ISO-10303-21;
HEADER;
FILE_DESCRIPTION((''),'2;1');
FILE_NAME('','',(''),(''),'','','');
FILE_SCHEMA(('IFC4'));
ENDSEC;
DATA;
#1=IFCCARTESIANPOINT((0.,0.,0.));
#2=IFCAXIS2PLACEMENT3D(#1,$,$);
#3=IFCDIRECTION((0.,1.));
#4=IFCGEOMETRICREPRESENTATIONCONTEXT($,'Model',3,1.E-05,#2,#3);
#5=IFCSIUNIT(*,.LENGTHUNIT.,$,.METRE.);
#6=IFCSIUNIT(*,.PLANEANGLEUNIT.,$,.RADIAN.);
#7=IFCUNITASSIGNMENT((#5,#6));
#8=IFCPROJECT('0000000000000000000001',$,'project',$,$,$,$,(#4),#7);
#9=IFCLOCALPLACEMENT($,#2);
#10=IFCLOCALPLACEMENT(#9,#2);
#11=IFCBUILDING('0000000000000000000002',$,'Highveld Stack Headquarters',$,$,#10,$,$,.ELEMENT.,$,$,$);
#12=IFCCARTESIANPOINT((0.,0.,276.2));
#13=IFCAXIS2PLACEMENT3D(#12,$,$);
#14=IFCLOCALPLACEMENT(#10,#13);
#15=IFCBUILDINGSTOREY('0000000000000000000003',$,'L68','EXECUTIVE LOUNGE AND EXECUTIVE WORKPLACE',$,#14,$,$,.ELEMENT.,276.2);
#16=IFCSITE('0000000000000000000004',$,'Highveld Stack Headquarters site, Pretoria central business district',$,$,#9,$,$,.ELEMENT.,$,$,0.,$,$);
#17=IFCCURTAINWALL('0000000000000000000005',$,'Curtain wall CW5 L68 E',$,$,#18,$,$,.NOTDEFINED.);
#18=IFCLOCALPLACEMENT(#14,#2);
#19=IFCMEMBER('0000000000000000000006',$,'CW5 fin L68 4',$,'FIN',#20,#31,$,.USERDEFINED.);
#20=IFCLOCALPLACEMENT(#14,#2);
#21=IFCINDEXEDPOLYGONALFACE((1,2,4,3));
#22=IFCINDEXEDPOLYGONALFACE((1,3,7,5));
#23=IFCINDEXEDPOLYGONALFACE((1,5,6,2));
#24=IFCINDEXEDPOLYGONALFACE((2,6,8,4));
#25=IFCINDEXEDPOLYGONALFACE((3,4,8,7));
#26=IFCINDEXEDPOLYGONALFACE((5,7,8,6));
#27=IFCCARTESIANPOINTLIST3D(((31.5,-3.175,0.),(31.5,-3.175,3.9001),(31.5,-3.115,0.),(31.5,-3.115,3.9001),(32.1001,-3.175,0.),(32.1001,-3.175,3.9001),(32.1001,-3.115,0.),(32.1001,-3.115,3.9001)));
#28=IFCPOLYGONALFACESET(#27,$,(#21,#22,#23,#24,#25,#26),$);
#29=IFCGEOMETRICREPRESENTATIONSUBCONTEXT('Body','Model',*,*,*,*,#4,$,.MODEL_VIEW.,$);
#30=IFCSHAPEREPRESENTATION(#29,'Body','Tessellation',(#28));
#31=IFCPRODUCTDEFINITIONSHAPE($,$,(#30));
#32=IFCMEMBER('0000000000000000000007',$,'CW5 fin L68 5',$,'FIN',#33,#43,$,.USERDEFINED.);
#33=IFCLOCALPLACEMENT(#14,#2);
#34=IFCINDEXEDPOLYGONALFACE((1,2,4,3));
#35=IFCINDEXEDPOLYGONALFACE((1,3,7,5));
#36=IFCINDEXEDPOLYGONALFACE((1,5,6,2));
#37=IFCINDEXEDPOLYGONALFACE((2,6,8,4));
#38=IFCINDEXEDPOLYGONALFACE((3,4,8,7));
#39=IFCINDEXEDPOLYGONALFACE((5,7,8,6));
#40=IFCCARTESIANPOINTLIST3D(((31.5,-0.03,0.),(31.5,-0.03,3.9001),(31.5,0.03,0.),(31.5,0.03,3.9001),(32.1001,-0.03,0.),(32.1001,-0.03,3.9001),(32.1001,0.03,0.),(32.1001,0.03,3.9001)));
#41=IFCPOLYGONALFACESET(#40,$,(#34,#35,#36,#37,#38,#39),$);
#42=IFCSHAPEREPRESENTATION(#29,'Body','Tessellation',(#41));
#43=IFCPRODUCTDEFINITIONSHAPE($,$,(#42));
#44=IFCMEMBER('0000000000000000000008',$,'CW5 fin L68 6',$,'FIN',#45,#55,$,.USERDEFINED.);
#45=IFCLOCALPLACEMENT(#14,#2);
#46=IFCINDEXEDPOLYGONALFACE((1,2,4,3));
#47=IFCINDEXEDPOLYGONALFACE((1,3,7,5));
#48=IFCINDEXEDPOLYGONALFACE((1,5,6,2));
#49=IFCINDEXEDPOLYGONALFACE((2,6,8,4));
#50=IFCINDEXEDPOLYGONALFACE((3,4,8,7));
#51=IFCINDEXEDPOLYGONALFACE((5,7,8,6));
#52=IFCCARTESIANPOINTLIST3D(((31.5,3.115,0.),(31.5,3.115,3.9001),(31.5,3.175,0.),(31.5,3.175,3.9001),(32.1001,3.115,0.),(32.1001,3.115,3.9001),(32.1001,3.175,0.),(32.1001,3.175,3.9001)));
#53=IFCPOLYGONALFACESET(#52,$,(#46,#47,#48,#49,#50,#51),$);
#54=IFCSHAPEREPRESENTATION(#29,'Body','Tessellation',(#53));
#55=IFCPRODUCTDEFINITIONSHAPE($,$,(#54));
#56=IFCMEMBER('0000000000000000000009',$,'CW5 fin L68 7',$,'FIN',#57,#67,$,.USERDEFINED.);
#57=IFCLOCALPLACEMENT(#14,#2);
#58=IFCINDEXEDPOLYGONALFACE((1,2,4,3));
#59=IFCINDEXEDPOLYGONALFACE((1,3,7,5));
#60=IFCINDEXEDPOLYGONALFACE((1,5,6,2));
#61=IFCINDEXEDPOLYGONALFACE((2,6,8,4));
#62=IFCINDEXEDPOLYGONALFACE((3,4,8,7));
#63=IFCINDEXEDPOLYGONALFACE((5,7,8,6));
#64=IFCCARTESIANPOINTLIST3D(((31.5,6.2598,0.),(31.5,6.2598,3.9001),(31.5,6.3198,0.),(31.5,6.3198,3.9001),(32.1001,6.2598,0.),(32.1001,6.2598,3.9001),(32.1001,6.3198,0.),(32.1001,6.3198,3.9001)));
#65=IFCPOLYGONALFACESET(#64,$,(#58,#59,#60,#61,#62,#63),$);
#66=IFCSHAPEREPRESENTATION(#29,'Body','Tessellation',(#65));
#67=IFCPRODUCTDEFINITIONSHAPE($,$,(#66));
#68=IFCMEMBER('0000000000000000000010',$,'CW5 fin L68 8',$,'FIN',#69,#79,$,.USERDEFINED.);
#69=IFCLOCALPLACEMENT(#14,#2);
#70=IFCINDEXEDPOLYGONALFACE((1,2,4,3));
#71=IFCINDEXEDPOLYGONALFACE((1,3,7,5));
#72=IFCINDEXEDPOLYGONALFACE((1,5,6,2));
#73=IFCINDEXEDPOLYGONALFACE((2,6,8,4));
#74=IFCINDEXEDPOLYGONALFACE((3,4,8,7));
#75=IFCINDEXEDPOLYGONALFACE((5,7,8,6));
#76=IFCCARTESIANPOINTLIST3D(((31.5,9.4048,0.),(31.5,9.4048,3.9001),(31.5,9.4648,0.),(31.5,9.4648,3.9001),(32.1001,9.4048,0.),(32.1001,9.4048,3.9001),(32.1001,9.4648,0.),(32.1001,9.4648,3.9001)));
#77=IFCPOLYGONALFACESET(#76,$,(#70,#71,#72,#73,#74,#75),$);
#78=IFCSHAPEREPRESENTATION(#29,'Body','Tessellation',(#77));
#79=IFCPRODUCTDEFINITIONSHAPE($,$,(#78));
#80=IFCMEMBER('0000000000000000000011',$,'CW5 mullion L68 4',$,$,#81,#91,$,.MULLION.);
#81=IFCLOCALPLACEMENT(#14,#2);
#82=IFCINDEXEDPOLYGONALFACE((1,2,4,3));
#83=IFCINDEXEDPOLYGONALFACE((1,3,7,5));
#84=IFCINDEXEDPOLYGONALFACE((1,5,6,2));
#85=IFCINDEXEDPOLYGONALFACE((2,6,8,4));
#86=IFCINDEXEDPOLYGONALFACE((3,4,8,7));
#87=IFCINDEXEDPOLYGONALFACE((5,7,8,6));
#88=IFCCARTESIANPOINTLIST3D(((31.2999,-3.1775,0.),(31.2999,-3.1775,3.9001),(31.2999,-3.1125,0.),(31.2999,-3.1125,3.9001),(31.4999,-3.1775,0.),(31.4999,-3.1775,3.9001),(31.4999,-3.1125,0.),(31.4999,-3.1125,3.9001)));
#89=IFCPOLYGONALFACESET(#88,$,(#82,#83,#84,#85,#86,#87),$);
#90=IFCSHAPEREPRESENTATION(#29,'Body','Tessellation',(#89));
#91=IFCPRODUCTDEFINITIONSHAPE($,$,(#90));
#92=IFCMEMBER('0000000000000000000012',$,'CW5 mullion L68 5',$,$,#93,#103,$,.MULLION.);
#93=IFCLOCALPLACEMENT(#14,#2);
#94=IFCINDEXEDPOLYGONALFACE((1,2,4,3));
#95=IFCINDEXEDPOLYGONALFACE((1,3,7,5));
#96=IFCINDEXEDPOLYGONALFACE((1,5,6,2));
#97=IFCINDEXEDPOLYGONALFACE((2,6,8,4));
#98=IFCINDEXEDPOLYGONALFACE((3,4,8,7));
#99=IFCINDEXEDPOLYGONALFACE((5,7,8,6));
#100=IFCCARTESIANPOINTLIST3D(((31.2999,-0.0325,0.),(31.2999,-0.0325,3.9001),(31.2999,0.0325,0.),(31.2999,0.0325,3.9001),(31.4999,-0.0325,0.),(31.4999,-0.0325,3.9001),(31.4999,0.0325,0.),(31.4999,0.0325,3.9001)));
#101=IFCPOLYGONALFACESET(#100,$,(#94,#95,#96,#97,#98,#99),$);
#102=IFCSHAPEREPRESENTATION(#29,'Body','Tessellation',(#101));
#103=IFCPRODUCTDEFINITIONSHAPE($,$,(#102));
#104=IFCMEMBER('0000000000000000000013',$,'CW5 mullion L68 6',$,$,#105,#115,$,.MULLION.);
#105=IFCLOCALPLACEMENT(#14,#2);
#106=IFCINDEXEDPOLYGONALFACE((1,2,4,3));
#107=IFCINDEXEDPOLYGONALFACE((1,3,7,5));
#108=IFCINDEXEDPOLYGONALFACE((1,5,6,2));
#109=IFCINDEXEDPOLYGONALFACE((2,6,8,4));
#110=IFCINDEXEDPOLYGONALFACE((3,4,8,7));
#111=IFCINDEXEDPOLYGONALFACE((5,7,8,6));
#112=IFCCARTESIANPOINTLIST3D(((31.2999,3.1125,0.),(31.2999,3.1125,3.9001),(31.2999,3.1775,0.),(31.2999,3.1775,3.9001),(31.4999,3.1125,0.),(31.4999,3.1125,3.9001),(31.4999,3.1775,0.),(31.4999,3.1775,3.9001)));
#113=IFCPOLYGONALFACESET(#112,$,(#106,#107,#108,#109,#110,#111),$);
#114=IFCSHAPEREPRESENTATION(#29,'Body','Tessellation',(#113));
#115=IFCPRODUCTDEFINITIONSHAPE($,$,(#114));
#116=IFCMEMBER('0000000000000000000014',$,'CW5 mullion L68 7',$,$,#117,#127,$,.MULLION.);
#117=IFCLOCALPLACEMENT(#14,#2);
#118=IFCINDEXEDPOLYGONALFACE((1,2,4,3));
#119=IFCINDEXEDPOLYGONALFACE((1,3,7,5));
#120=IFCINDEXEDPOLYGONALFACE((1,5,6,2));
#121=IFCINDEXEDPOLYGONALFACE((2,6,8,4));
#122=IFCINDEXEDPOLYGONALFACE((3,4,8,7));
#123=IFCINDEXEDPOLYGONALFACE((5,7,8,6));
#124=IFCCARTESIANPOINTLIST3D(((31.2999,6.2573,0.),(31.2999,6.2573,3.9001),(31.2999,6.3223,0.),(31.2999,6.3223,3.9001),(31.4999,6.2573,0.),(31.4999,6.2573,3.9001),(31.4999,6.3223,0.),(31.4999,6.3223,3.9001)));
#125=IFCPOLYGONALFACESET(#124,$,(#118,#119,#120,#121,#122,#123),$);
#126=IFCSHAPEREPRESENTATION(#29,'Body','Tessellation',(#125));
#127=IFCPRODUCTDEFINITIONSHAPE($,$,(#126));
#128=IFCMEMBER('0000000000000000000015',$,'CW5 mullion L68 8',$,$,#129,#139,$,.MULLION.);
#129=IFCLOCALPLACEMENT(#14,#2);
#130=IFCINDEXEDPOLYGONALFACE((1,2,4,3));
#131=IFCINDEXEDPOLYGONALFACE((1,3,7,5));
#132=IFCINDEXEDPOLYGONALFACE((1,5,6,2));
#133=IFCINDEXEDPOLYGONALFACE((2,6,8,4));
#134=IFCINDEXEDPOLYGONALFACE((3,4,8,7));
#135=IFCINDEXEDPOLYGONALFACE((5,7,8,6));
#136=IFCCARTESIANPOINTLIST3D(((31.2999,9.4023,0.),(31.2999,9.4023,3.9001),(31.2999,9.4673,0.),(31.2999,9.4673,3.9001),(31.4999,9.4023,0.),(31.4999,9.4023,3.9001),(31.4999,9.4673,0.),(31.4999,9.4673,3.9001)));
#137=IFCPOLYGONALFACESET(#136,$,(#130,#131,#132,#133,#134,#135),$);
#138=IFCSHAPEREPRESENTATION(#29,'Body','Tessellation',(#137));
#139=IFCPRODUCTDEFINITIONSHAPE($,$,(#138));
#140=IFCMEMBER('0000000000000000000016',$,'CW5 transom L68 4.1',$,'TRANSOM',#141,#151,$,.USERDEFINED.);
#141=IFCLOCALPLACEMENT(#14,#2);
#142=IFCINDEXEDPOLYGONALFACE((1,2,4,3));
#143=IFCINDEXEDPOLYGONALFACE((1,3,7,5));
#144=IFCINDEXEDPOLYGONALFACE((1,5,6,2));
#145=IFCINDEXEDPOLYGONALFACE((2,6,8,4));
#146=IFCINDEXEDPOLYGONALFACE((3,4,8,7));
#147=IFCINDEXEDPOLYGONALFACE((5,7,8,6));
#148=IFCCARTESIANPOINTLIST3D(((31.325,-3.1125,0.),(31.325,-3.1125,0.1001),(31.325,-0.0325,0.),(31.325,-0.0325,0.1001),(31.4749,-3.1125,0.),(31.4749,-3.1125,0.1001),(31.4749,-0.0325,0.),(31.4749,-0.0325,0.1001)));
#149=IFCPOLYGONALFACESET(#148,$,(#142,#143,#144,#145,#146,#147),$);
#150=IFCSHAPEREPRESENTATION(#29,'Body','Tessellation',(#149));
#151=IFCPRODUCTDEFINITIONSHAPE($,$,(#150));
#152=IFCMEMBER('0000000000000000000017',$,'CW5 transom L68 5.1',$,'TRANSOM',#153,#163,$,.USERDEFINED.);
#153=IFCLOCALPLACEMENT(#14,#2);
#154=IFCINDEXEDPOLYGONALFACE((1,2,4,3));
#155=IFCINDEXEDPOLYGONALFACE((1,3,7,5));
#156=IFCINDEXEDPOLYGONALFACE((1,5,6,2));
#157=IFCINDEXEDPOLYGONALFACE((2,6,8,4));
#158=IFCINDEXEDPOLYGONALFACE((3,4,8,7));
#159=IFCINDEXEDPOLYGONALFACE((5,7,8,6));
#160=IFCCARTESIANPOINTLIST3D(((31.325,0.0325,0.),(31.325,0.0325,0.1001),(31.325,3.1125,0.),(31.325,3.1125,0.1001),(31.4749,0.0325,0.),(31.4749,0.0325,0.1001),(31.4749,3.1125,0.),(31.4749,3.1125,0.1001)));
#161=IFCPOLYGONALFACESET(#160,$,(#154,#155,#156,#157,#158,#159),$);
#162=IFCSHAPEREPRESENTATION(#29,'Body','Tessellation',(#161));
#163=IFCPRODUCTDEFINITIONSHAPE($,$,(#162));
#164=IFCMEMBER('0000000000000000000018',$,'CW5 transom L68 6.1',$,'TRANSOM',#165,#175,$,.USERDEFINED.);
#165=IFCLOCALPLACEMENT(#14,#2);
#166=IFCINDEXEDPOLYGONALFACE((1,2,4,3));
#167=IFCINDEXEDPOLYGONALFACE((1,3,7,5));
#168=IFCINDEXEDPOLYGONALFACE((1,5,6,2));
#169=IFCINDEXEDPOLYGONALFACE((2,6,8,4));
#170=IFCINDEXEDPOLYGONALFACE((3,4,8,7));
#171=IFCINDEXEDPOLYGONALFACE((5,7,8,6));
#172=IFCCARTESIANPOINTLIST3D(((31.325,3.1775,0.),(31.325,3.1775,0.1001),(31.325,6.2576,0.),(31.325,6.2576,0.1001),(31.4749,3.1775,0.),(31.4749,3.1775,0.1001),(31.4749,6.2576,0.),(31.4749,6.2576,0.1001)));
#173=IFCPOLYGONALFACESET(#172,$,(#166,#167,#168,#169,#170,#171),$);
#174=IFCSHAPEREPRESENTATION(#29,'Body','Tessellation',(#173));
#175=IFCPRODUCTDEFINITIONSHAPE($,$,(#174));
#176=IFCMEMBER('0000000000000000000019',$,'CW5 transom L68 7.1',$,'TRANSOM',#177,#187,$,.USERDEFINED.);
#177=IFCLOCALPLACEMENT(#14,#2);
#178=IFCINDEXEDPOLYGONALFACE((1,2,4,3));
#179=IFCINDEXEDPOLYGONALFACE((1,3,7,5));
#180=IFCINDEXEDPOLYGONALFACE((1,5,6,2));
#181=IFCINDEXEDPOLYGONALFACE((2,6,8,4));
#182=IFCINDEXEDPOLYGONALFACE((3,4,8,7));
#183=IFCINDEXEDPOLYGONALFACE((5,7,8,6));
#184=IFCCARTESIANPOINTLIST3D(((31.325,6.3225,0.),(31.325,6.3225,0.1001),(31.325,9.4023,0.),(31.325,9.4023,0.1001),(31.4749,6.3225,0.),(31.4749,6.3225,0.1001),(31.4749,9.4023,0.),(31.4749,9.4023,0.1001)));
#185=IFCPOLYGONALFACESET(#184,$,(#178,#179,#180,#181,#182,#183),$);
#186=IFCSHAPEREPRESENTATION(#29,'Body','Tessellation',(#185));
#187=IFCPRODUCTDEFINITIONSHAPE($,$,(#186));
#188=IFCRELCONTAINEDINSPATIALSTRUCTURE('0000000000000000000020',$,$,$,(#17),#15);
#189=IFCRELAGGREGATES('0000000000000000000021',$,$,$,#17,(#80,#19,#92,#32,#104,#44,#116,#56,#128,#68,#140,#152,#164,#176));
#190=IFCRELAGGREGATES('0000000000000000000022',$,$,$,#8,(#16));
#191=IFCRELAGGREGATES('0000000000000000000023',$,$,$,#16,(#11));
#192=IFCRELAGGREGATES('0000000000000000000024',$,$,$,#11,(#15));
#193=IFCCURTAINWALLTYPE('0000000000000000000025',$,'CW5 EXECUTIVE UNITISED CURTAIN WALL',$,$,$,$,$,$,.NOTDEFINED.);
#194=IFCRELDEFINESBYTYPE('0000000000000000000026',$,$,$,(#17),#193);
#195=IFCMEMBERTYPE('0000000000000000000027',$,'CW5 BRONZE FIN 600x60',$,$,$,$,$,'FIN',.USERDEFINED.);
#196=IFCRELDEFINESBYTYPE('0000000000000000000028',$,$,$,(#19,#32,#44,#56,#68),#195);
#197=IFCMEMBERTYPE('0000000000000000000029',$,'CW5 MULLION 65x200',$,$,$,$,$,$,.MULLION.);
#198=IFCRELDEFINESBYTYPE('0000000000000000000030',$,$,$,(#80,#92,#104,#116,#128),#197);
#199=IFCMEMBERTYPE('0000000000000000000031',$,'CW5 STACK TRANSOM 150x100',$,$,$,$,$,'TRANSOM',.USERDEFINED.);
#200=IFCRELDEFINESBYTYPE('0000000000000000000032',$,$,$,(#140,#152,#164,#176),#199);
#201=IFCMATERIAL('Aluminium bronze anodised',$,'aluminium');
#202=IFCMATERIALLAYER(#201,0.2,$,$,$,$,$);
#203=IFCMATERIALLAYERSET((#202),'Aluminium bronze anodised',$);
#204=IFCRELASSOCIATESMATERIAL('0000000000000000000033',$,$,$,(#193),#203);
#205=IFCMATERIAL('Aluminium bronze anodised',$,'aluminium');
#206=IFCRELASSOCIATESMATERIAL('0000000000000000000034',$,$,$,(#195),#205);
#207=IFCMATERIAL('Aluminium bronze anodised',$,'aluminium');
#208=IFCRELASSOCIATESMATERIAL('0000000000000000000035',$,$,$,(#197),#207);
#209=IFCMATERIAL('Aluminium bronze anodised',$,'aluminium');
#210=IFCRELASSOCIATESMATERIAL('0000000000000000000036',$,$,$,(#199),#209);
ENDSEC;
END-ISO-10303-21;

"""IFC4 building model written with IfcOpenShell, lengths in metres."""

from ifc_helpers import new_model, si_unit, direction, frame, origin, origin_2d, place, context, subcontext, project, spatial, rectangle, extrude, material, layer, layer_set, material_profile, profile_set, type_object, element, aggregate, save


model = new_model("IFC4")

# Units and contexts
model_context = context("Model", 3, precision=1e-05, world=origin(), true_north=direction((0.0, 1.0)))
body_context = subcontext(model_context, "Body", "Model", "MODEL_VIEW")
ifc_project = project(units=[si_unit("LENGTHUNIT", "METRE"), si_unit("PLANEANGLEUNIT", "RADIAN")], contexts=[model_context])

# Site, building, storey
site_placement = place(None, origin())
site = spatial("IfcSite", under=ifc_project, at=site_placement, Name="Highveld Stack Headquarters site, Pretoria central business district", CompositionType="ELEMENT", RefElevation=0.0)
building_placement = place(site_placement, origin())
building = spatial("IfcBuilding", under=site, at=building_placement, Name="Highveld Stack Headquarters", CompositionType="ELEMENT")
storey_placement = place(building_placement, frame((0.0, 0.0, 276.2)))
storey = spatial("IfcBuildingStorey", under=building, at=storey_placement, Name="L68", Description="EXECUTIVE LOUNGE AND EXECUTIVE WORKPLACE", CompositionType="ELEMENT", Elevation=276.2)

# Curtain wall, members
ifc_material_1 = material(Name="Aluminium bronze anodised", Category="aluminium")
ifc_layer_1 = layer(ifc_material_1, 0.2)
ifc_layer_set_1 = layer_set([ifc_layer_1], Name="Aluminium bronze anodised")
curtain_wall_type = type_object("IfcCurtainWallType", Name="CW5 EXECUTIVE UNITISED CURTAIN WALL", PredefinedType="NOTDEFINED", material=ifc_layer_set_1)
curtain_wall_placement = place(storey_placement, origin())
curtain_wall = element("IfcCurtainWall", 1, at=curtain_wall_placement, inside=storey, type_object=curtain_wall_type, Name="Curtain wall CW5 L68 E", PredefinedType="NOTDEFINED")
ifc_material_2 = material(Name="Aluminium bronze anodised", Category="aluminium")
ifc_material_profile_1 = material_profile(ifc_material_2, rectangle(XDim=0.6001, YDim=0.0601, at=origin_2d()), Name="FIN 600x60")
ifc_profile_set_1 = profile_set([ifc_material_profile_1], Name="Aluminium bronze anodised")
member_type_1 = type_object("IfcMemberType", Name="CW5 BRONZE FIN 600x60", ElementType="FIN", PredefinedType="USERDEFINED", material=ifc_profile_set_1)
member_1_placement = place(storey_placement, frame((31.8, -3.145, 0.0), z_axis=(0.0, 0.0, 1.0), x_axis=(-1.0, 0.0, 0.0)))
member_1 = element("IfcMember", 2, at=member_1_placement, type_object=member_type_1, Name="CW5 fin L68 4", ObjectType="FIN", PredefinedType="USERDEFINED", context=body_context, shape_type="SweptSolid", body=[
    extrude(rectangle(XDim=0.6001, YDim=0.0601, at=origin_2d()), origin(), (0.0, 0.0, 1.0), 3.9001),
])
member_2_placement = place(storey_placement, frame((31.8, 0.0, 0.0), z_axis=(0.0, 0.0, 1.0), x_axis=(-1.0, 0.0, 0.0)))
member_2 = element("IfcMember", 3, at=member_2_placement, type_object=member_type_1, Name="CW5 fin L68 5", ObjectType="FIN", PredefinedType="USERDEFINED", context=body_context, shape_type="SweptSolid", body=[
    extrude(rectangle(XDim=0.6001, YDim=0.0601, at=origin_2d()), origin(), (0.0, 0.0, 1.0), 3.9001),
])
member_3_placement = place(storey_placement, frame((31.8, 3.145, 0.0), z_axis=(0.0, 0.0, 1.0), x_axis=(-1.0, 0.0, 0.0)))
member_3 = element("IfcMember", 4, at=member_3_placement, type_object=member_type_1, Name="CW5 fin L68 6", ObjectType="FIN", PredefinedType="USERDEFINED", context=body_context, shape_type="SweptSolid", body=[
    extrude(rectangle(XDim=0.6001, YDim=0.0601, at=origin_2d()), origin(), (0.0, 0.0, 1.0), 3.9001),
])
member_4_placement = place(storey_placement, frame((31.8, 6.2898, 0.0), z_axis=(0.0, 0.0, 1.0), x_axis=(-1.0, 0.0, 0.0)))
member_4 = element("IfcMember", 5, at=member_4_placement, type_object=member_type_1, Name="CW5 fin L68 7", ObjectType="FIN", PredefinedType="USERDEFINED", context=body_context, shape_type="SweptSolid", body=[
    extrude(rectangle(XDim=0.6001, YDim=0.0601, at=origin_2d()), origin(), (0.0, 0.0, 1.0), 3.9001),
])
member_5_placement = place(storey_placement, frame((31.8, 9.4348, 0.0), z_axis=(0.0, 0.0, 1.0), x_axis=(-1.0, 0.0, 0.0)))
member_5 = element("IfcMember", 6, at=member_5_placement, type_object=member_type_1, Name="CW5 fin L68 8", ObjectType="FIN", PredefinedType="USERDEFINED", context=body_context, shape_type="SweptSolid", body=[
    extrude(rectangle(XDim=0.6001, YDim=0.0601, at=origin_2d()), origin(), (0.0, 0.0, 1.0), 3.9001),
])
ifc_material_3 = material(Name="Aluminium bronze anodised", Category="aluminium")
ifc_material_profile_2 = material_profile(ifc_material_3, rectangle(XDim=0.2, YDim=0.0649, at=origin_2d()), Name="CW5 MULLION 65x200")
ifc_profile_set_2 = profile_set([ifc_material_profile_2], Name="Aluminium bronze anodised")
member_type_2 = type_object("IfcMemberType", Name="CW5 MULLION 65x200", PredefinedType="MULLION", material=ifc_profile_set_2)
member_6_placement = place(storey_placement, frame((31.3999, -3.145, 0.0), z_axis=(0.0, 0.0, 1.0), x_axis=(-1.0, 0.0, 0.0)))
member_6 = element("IfcMember", 7, at=member_6_placement, type_object=member_type_2, Name="CW5 mullion L68 4", PredefinedType="MULLION", context=body_context, shape_type="SweptSolid", body=[
    extrude(rectangle(XDim=0.2, YDim=0.0649, at=origin_2d()), origin(), (0.0, 0.0, 1.0), 3.9001),
])
member_7_placement = place(storey_placement, frame((31.3999, 0.0, 0.0), z_axis=(0.0, 0.0, 1.0), x_axis=(-1.0, 0.0, 0.0)))
member_7 = element("IfcMember", 8, at=member_7_placement, type_object=member_type_2, Name="CW5 mullion L68 5", PredefinedType="MULLION", context=body_context, shape_type="SweptSolid", body=[
    extrude(rectangle(XDim=0.2, YDim=0.0649, at=origin_2d()), origin(), (0.0, 0.0, 1.0), 3.9001),
])
member_8_placement = place(storey_placement, frame((31.3999, 3.145, 0.0), z_axis=(0.0, 0.0, 1.0), x_axis=(-1.0, 0.0, 0.0)))
member_8 = element("IfcMember", 9, at=member_8_placement, type_object=member_type_2, Name="CW5 mullion L68 6", PredefinedType="MULLION", context=body_context, shape_type="SweptSolid", body=[
    extrude(rectangle(XDim=0.2, YDim=0.0649, at=origin_2d()), origin(), (0.0, 0.0, 1.0), 3.9001),
])
member_9_placement = place(storey_placement, frame((31.3999, 6.2898, 0.0), z_axis=(0.0, 0.0, 1.0), x_axis=(-1.0, 0.0, 0.0)))
member_9 = element("IfcMember", 10, at=member_9_placement, type_object=member_type_2, Name="CW5 mullion L68 7", PredefinedType="MULLION", context=body_context, shape_type="SweptSolid", body=[
    extrude(rectangle(XDim=0.2, YDim=0.0649, at=origin_2d()), origin(), (0.0, 0.0, 1.0), 3.9001),
])
member_10_placement = place(storey_placement, frame((31.3999, 9.4348, 0.0), z_axis=(0.0, 0.0, 1.0), x_axis=(-1.0, 0.0, 0.0)))
member_10 = element("IfcMember", 11, at=member_10_placement, type_object=member_type_2, Name="CW5 mullion L68 8", PredefinedType="MULLION", context=body_context, shape_type="SweptSolid", body=[
    extrude(rectangle(XDim=0.2, YDim=0.0649, at=origin_2d()), origin(), (0.0, 0.0, 1.0), 3.9001),
])
ifc_material_4 = material(Name="Aluminium bronze anodised", Category="aluminium")
ifc_material_profile_3 = material_profile(ifc_material_4, rectangle(XDim=0.1499, YDim=0.1001, at=origin_2d()), Name="CW5 TRANSOM 150x100")
ifc_profile_set_3 = profile_set([ifc_material_profile_3], Name="Aluminium bronze anodised")
member_type_3 = type_object("IfcMemberType", Name="CW5 STACK TRANSOM 150x100", ElementType="TRANSOM", PredefinedType="USERDEFINED", material=ifc_profile_set_3)
member_11_placement = place(storey_placement, frame((31.3999, -3.1125, 0.05), z_axis=(0.0, 1.0, 0.0), x_axis=(-1.0, 0.0, 0.0)))
member_11 = element("IfcMember", 12, at=member_11_placement, type_object=member_type_3, Name="CW5 transom L68 4.1", ObjectType="TRANSOM", PredefinedType="USERDEFINED", context=body_context, shape_type="SweptSolid", body=[
    extrude(rectangle(XDim=0.1499, YDim=0.1001, at=origin_2d()), origin(), (0.0, 0.0, 1.0), 3.0801),
])
member_12_placement = place(storey_placement, frame((31.3999, 0.0325, 0.05), z_axis=(0.0, 1.0, 0.0), x_axis=(-1.0, 0.0, 0.0)))
member_12 = element("IfcMember", 13, at=member_12_placement, type_object=member_type_3, Name="CW5 transom L68 5.1", ObjectType="TRANSOM", PredefinedType="USERDEFINED", context=body_context, shape_type="SweptSolid", body=[
    extrude(rectangle(XDim=0.1499, YDim=0.1001, at=origin_2d()), origin(), (0.0, 0.0, 1.0), 3.0801),
])
member_13_placement = place(storey_placement, frame((31.3999, 3.1775, 0.05), z_axis=(0.0, 1.0, 0.0), x_axis=(-1.0, 0.0, 0.0)))
member_13 = element("IfcMember", 14, at=member_13_placement, type_object=member_type_3, Name="CW5 transom L68 6.1", ObjectType="TRANSOM", PredefinedType="USERDEFINED", context=body_context, shape_type="SweptSolid", body=[
    extrude(rectangle(XDim=0.1499, YDim=0.1001, at=origin_2d()), origin(), (0.0, 0.0, 1.0), 3.0801),
])
member_14_placement = place(storey_placement, frame((31.3999, 6.3225, 0.05), z_axis=(0.0, 1.0, 0.0), x_axis=(-1.0, 0.0, 0.0)))
member_14 = element("IfcMember", 15, at=member_14_placement, type_object=member_type_3, Name="CW5 transom L68 7.1", ObjectType="TRANSOM", PredefinedType="USERDEFINED", context=body_context, shape_type="SweptSolid", body=[
    extrude(rectangle(XDim=0.1499, YDim=0.1001, at=origin_2d()), origin(), (0.0, 0.0, 1.0), 3.0798),
])

aggregate(curtain_wall, [member_6, member_1, member_7, member_2, member_8, member_3, member_9, member_4, member_10, member_5, member_11, member_12, member_13, member_14])

save(model, "model.ifc")
